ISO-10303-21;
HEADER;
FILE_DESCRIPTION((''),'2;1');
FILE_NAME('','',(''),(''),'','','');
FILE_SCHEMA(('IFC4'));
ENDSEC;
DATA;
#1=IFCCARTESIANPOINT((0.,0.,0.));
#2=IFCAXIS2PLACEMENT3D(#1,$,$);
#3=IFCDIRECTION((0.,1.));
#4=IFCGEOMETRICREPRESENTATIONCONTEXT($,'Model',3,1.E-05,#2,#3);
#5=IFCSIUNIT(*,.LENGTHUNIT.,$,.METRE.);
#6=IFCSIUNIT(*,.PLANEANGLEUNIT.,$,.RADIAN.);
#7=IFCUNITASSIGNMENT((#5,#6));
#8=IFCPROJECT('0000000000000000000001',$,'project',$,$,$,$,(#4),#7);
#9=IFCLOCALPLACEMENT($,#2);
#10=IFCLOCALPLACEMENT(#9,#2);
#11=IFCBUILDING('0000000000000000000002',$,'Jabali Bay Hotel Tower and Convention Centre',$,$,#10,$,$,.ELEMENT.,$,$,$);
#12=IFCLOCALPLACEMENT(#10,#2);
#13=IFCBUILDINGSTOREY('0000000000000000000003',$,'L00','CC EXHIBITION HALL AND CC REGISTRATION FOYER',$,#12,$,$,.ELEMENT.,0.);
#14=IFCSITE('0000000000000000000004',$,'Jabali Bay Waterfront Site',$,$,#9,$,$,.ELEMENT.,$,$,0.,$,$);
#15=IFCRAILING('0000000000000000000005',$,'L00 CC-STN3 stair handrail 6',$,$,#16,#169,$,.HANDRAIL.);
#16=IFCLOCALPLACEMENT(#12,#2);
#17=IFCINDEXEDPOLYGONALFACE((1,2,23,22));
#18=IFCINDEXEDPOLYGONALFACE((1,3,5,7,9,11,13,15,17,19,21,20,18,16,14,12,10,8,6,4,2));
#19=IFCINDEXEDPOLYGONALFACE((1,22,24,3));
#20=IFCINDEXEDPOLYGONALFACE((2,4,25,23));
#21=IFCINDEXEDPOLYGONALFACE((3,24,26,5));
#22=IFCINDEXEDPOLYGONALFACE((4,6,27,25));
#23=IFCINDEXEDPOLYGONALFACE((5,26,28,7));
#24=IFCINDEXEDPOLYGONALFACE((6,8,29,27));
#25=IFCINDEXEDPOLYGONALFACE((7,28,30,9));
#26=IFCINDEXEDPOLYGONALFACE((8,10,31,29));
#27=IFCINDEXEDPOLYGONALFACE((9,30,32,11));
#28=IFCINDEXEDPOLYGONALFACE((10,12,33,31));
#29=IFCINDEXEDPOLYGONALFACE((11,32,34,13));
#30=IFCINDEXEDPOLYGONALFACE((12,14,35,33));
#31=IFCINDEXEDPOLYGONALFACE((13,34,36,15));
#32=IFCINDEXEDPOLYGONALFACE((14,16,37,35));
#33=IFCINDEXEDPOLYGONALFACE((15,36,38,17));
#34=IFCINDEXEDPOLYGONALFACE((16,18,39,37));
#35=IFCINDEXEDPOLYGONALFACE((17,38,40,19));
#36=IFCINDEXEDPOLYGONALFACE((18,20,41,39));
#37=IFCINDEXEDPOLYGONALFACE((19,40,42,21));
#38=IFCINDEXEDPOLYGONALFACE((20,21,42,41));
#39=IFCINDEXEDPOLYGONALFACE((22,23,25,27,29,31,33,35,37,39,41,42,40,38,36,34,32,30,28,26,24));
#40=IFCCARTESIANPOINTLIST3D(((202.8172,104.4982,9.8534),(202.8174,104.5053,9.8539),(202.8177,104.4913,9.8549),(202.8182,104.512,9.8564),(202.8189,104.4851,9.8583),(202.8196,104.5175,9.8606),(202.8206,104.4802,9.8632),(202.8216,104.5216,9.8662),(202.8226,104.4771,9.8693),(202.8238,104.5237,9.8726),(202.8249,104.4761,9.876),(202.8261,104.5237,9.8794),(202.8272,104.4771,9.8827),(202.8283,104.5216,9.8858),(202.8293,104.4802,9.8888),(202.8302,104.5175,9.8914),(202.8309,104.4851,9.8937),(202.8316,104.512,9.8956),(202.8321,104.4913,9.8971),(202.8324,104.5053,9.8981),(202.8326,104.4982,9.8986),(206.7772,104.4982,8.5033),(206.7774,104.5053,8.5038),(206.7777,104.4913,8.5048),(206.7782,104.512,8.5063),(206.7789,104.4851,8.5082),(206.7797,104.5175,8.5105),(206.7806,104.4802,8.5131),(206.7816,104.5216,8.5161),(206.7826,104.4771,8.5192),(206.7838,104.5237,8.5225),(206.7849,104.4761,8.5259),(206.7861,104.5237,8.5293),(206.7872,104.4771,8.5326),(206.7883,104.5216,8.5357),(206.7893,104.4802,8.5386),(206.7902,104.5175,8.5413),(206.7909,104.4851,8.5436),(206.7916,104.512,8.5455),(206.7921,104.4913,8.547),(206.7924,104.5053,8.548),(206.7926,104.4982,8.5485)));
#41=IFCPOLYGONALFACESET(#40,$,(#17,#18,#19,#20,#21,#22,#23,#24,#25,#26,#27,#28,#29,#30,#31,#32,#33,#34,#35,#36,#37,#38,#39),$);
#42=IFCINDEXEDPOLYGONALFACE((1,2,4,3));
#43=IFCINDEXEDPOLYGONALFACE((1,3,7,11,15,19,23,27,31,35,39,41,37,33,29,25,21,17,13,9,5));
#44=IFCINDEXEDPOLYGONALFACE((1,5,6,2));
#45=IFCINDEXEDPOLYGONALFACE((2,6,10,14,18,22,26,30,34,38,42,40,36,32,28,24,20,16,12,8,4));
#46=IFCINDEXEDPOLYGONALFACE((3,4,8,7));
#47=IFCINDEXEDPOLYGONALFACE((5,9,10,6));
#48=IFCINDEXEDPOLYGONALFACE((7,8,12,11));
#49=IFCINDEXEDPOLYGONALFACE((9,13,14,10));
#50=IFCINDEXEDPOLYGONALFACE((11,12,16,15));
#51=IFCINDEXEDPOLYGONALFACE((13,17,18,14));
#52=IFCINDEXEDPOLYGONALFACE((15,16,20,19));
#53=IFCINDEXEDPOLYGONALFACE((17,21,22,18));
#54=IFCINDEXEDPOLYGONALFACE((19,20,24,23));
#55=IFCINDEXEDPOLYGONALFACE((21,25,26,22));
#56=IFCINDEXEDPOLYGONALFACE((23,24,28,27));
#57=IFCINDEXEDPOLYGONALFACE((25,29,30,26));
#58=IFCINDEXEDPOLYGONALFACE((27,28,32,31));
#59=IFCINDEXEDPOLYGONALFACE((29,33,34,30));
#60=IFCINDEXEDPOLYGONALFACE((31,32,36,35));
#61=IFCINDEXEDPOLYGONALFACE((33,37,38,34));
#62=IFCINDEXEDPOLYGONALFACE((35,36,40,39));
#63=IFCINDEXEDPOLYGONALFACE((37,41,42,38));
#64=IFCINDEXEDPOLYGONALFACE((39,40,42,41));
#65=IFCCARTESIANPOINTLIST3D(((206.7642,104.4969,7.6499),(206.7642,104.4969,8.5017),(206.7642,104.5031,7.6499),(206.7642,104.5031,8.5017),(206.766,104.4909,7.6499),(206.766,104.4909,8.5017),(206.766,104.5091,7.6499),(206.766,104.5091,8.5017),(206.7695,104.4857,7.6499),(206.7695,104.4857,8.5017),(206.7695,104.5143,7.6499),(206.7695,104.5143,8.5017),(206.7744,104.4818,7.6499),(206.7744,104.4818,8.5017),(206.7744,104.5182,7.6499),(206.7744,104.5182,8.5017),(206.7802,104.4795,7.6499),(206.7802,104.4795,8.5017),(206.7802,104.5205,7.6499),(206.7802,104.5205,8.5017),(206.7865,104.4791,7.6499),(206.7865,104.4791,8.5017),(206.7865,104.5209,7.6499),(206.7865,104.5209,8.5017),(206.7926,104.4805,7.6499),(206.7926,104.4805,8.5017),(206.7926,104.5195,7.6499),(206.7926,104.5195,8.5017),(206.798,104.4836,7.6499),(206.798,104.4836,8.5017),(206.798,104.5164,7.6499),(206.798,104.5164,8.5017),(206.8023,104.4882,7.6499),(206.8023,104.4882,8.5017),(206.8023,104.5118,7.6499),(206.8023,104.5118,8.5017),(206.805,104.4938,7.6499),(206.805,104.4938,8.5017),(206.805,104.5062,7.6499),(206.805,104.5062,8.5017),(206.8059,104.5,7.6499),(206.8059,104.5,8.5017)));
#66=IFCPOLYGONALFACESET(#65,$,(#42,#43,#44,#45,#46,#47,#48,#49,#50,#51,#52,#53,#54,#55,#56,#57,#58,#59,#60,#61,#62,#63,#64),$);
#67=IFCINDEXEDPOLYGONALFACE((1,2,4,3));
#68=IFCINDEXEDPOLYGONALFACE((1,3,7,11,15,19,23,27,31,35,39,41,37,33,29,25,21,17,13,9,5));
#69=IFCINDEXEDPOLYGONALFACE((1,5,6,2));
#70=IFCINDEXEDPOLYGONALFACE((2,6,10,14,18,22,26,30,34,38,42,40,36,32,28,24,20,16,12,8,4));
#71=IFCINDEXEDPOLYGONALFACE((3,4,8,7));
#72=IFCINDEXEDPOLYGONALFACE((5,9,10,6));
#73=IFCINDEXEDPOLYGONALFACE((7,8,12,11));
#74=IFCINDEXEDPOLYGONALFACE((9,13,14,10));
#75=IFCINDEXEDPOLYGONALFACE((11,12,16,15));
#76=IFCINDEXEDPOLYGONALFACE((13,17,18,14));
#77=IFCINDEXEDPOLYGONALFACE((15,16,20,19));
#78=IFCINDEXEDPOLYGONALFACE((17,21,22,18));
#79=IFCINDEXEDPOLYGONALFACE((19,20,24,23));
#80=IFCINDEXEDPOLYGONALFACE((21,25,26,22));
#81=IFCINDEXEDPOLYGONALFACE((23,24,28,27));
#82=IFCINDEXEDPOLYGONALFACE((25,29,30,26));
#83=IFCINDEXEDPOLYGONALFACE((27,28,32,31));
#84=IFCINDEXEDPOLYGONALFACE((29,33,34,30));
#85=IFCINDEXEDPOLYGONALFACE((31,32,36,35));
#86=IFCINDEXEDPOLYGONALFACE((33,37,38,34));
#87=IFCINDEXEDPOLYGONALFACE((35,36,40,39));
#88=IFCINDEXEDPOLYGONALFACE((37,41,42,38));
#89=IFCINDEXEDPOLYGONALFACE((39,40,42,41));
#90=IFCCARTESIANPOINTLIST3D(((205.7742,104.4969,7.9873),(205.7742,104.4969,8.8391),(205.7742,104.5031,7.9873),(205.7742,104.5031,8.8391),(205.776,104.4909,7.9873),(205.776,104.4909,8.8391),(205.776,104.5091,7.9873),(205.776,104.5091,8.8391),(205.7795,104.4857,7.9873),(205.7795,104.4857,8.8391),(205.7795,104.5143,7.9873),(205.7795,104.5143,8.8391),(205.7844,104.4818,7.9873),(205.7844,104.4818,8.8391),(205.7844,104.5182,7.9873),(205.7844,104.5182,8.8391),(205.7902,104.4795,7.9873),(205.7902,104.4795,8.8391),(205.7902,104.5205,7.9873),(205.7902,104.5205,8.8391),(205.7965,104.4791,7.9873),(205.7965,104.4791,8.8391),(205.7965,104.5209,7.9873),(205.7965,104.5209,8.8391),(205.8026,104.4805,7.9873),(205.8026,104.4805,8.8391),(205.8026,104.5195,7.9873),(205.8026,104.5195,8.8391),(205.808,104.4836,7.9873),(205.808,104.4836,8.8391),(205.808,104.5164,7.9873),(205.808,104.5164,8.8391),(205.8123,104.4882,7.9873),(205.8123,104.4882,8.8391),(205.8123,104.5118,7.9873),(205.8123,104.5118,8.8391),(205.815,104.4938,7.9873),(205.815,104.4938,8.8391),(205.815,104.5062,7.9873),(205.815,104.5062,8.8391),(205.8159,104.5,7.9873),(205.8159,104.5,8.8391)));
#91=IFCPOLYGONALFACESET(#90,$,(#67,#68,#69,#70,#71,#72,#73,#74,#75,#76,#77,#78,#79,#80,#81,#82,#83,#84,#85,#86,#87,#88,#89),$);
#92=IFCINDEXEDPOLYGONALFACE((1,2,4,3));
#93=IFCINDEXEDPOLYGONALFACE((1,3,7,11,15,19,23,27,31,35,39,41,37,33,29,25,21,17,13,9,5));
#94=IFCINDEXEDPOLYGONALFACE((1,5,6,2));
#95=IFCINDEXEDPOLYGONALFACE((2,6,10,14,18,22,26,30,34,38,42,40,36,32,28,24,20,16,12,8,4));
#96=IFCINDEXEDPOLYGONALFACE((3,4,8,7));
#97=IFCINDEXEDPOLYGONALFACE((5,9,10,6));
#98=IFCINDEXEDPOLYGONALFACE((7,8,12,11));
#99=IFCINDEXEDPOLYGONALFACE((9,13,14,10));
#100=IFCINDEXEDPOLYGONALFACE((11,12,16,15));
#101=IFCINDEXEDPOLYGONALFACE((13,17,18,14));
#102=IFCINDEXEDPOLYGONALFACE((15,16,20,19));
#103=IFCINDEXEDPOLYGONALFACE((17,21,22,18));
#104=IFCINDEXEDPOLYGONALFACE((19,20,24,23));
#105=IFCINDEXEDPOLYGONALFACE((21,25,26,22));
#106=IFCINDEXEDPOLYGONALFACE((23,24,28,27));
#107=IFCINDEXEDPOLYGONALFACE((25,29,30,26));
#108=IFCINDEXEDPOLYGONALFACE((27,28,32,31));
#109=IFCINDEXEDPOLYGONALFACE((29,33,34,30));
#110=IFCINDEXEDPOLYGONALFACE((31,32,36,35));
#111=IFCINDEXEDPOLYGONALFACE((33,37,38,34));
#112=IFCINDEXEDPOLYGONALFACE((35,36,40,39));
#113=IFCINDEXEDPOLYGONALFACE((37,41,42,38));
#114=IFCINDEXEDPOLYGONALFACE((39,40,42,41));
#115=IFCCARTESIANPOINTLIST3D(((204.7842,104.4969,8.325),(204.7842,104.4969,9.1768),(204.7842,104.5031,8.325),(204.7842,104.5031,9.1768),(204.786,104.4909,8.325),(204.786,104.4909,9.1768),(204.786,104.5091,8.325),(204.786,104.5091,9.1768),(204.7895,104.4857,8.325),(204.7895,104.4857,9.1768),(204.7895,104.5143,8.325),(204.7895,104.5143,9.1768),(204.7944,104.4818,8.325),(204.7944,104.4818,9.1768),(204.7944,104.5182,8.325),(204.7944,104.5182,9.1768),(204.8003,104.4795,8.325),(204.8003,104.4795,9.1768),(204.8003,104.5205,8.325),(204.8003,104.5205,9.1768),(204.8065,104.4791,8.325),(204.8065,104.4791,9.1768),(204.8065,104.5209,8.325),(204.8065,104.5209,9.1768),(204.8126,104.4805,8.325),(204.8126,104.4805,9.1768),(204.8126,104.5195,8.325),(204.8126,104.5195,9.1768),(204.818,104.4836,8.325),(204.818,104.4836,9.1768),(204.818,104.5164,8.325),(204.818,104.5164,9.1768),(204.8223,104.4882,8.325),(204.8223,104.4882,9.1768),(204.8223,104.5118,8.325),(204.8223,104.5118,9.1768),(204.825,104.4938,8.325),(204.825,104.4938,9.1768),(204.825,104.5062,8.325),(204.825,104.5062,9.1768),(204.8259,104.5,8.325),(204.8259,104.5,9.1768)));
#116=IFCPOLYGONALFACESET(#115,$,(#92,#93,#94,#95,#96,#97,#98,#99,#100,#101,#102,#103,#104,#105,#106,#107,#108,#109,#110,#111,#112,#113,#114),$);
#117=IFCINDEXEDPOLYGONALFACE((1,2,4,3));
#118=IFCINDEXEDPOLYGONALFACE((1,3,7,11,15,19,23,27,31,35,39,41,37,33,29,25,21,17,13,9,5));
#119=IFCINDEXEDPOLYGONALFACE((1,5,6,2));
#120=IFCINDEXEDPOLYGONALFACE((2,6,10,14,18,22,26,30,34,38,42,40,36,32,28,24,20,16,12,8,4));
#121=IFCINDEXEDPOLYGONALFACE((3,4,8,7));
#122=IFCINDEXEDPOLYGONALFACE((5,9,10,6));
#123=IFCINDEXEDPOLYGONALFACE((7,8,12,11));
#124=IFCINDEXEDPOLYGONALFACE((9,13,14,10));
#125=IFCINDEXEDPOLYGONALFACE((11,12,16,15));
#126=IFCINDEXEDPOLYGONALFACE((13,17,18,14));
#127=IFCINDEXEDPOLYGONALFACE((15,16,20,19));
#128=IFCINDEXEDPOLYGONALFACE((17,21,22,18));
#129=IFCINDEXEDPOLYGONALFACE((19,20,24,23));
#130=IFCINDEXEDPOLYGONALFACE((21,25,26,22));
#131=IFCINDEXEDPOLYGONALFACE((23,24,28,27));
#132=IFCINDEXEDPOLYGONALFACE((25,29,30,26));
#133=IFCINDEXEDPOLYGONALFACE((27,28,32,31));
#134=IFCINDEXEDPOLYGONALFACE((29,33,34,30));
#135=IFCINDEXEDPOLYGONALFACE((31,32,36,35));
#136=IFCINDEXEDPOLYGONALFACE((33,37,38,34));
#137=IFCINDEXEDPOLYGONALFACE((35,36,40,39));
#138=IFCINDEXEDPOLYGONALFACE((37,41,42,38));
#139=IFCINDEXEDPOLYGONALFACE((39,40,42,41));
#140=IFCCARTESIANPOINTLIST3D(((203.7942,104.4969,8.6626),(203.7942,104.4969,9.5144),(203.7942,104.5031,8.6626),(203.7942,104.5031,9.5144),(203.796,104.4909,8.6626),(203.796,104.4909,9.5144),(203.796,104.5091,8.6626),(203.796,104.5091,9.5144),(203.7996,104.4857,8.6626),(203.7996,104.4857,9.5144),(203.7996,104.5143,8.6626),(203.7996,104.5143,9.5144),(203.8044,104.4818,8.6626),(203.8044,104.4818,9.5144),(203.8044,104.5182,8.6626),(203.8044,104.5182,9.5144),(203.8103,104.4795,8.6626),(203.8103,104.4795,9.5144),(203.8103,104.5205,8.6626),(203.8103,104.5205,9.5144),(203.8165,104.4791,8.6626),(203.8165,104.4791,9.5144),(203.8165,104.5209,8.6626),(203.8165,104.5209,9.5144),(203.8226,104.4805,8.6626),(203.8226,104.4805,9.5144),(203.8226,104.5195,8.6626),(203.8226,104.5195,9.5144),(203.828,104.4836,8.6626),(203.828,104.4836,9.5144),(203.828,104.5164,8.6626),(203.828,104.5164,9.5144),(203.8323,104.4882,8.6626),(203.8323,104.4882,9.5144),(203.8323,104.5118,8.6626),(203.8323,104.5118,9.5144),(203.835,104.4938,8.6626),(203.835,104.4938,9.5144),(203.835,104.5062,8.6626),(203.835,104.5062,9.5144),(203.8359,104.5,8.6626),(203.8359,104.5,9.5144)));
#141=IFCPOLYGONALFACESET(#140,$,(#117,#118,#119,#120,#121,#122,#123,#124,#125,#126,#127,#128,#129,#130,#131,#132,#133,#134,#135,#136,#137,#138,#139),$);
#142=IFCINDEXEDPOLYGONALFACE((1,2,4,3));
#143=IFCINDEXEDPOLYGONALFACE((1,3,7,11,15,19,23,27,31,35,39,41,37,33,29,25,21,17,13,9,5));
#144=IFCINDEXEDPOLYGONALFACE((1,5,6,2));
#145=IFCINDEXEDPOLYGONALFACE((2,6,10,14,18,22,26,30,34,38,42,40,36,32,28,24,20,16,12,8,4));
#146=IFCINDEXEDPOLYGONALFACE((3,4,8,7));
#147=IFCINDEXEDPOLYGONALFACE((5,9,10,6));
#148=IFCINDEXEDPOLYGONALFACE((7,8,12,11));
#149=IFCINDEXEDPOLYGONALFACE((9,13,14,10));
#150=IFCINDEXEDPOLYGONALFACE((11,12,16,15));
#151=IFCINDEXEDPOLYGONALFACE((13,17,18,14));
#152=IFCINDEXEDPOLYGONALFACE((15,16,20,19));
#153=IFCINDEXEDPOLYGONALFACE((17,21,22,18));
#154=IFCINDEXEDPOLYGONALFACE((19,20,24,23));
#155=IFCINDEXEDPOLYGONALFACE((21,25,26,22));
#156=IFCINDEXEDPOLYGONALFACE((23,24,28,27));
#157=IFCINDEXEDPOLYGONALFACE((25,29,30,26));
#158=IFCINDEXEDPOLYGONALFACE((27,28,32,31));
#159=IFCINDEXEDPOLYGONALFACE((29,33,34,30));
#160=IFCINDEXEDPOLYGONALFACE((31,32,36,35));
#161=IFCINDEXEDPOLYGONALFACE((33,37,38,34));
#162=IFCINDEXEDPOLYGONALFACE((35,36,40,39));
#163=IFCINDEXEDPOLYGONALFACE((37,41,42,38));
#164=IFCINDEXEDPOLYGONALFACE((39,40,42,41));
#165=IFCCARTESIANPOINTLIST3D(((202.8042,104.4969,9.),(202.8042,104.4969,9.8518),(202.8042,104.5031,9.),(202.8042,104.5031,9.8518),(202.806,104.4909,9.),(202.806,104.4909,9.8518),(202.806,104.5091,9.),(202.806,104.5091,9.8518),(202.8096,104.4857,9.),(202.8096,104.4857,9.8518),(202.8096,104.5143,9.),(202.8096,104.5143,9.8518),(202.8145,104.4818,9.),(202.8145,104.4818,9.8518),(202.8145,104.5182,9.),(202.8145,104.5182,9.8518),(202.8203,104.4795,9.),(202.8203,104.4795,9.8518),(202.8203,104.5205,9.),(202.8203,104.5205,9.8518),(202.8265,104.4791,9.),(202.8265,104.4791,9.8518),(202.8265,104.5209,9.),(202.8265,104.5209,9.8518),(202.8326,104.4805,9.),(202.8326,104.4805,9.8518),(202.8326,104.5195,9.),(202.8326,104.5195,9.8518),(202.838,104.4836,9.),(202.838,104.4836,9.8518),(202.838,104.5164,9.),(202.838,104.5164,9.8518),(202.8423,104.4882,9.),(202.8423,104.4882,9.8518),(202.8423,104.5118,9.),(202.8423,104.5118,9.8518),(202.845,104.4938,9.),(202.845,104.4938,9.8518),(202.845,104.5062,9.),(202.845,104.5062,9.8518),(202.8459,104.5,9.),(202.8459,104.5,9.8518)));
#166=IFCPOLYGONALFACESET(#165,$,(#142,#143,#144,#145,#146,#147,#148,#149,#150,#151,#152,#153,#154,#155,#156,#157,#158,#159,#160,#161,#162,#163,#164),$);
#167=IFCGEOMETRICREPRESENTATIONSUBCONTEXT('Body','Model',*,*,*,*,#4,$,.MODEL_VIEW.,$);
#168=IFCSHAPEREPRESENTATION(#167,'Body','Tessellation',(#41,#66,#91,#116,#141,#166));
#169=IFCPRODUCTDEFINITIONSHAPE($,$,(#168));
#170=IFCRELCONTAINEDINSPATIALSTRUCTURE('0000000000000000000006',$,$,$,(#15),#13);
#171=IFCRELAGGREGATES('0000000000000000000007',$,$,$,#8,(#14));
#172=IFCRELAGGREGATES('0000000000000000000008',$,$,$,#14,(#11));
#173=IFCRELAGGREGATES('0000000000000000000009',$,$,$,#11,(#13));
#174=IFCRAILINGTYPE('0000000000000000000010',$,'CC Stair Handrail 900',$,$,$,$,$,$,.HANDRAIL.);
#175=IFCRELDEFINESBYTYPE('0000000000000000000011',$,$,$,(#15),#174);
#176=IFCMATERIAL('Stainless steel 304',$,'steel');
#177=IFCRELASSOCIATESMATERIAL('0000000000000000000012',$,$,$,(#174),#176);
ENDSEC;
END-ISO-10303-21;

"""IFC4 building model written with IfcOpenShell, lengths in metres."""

from ifc_helpers import new_model, si_unit, direction, frame, origin, origin_2d, place, context, subcontext, project, spatial, circle, extrude, material, type_object, element, save


model = new_model("IFC4")

# Units and contexts
model_context = context("Model", 3, precision=1e-05, world=origin(), true_north=direction((0.0, 1.0)))
body_context = subcontext(model_context, "Body", "Model", "MODEL_VIEW")
ifc_project = project(units=[si_unit("LENGTHUNIT", "METRE"), si_unit("PLANEANGLEUNIT", "RADIAN")], contexts=[model_context])

# Site, building, storey
site_placement = place(None, origin())
site = spatial("IfcSite", under=ifc_project, at=site_placement, Name="Jabali Bay Waterfront Site", CompositionType="ELEMENT", RefElevation=0.0)
building_placement = place(site_placement, origin())
building = spatial("IfcBuilding", under=site, at=building_placement, Name="Jabali Bay Hotel Tower and Convention Centre", CompositionType="ELEMENT")
storey_placement = place(building_placement, origin())
storey = spatial("IfcBuildingStorey", under=building, at=storey_placement, Name="L00", Description="CC EXHIBITION HALL AND CC REGISTRATION FOYER", CompositionType="ELEMENT", Elevation=0.0)

# Railing
ifc_material_1 = material(Name="Stainless steel 304", Category="steel")
railing_type_1 = type_object("IfcRailingType", Name="CC Stair Handrail 900", PredefinedType="HANDRAIL", material=ifc_material_1)
railing_1_placement = place(storey_placement, frame((206.7849, 104.5, 7.6499)))
element("IfcRailing", 1, at=railing_1_placement, inside=storey, type_object=railing_type_1, Name="L00 CC-STN3 stair handrail 6", PredefinedType="HANDRAIL", context=body_context, shape_type="SweptSolid", body=[
    extrude(circle(Radius=0.0239, at=origin_2d()), frame((0.0, 0.0, 0.876), z_axis=(-0.946502, 0.0, 0.322698), x_axis=(0.0, -1.0, 0.0)), (0.0, 0.0, 1.0), 4.1838),
    extrude(circle(Radius=0.021, at=origin_2d()), origin(), (0.0, 0.0, 1.0), 0.8518),
    extrude(circle(Radius=0.021, at=origin_2d()), frame((-0.99, 0.0, 0.3374)), (0.0, 0.0, 1.0), 0.8518),
    extrude(circle(Radius=0.021, at=origin_2d()), frame((-1.98, 0.0, 0.675)), (0.0, 0.0, 1.0), 0.8518),
    extrude(circle(Radius=0.021, at=origin_2d()), frame((-2.97, 0.0, 1.0127)), (0.0, 0.0, 1.0), 0.8518),
    extrude(circle(Radius=0.021, at=origin_2d()), frame((-3.96, 0.0, 1.3501)), (0.0, 0.0, 1.0), 0.8518),
])

save(model, "model.ifc")
